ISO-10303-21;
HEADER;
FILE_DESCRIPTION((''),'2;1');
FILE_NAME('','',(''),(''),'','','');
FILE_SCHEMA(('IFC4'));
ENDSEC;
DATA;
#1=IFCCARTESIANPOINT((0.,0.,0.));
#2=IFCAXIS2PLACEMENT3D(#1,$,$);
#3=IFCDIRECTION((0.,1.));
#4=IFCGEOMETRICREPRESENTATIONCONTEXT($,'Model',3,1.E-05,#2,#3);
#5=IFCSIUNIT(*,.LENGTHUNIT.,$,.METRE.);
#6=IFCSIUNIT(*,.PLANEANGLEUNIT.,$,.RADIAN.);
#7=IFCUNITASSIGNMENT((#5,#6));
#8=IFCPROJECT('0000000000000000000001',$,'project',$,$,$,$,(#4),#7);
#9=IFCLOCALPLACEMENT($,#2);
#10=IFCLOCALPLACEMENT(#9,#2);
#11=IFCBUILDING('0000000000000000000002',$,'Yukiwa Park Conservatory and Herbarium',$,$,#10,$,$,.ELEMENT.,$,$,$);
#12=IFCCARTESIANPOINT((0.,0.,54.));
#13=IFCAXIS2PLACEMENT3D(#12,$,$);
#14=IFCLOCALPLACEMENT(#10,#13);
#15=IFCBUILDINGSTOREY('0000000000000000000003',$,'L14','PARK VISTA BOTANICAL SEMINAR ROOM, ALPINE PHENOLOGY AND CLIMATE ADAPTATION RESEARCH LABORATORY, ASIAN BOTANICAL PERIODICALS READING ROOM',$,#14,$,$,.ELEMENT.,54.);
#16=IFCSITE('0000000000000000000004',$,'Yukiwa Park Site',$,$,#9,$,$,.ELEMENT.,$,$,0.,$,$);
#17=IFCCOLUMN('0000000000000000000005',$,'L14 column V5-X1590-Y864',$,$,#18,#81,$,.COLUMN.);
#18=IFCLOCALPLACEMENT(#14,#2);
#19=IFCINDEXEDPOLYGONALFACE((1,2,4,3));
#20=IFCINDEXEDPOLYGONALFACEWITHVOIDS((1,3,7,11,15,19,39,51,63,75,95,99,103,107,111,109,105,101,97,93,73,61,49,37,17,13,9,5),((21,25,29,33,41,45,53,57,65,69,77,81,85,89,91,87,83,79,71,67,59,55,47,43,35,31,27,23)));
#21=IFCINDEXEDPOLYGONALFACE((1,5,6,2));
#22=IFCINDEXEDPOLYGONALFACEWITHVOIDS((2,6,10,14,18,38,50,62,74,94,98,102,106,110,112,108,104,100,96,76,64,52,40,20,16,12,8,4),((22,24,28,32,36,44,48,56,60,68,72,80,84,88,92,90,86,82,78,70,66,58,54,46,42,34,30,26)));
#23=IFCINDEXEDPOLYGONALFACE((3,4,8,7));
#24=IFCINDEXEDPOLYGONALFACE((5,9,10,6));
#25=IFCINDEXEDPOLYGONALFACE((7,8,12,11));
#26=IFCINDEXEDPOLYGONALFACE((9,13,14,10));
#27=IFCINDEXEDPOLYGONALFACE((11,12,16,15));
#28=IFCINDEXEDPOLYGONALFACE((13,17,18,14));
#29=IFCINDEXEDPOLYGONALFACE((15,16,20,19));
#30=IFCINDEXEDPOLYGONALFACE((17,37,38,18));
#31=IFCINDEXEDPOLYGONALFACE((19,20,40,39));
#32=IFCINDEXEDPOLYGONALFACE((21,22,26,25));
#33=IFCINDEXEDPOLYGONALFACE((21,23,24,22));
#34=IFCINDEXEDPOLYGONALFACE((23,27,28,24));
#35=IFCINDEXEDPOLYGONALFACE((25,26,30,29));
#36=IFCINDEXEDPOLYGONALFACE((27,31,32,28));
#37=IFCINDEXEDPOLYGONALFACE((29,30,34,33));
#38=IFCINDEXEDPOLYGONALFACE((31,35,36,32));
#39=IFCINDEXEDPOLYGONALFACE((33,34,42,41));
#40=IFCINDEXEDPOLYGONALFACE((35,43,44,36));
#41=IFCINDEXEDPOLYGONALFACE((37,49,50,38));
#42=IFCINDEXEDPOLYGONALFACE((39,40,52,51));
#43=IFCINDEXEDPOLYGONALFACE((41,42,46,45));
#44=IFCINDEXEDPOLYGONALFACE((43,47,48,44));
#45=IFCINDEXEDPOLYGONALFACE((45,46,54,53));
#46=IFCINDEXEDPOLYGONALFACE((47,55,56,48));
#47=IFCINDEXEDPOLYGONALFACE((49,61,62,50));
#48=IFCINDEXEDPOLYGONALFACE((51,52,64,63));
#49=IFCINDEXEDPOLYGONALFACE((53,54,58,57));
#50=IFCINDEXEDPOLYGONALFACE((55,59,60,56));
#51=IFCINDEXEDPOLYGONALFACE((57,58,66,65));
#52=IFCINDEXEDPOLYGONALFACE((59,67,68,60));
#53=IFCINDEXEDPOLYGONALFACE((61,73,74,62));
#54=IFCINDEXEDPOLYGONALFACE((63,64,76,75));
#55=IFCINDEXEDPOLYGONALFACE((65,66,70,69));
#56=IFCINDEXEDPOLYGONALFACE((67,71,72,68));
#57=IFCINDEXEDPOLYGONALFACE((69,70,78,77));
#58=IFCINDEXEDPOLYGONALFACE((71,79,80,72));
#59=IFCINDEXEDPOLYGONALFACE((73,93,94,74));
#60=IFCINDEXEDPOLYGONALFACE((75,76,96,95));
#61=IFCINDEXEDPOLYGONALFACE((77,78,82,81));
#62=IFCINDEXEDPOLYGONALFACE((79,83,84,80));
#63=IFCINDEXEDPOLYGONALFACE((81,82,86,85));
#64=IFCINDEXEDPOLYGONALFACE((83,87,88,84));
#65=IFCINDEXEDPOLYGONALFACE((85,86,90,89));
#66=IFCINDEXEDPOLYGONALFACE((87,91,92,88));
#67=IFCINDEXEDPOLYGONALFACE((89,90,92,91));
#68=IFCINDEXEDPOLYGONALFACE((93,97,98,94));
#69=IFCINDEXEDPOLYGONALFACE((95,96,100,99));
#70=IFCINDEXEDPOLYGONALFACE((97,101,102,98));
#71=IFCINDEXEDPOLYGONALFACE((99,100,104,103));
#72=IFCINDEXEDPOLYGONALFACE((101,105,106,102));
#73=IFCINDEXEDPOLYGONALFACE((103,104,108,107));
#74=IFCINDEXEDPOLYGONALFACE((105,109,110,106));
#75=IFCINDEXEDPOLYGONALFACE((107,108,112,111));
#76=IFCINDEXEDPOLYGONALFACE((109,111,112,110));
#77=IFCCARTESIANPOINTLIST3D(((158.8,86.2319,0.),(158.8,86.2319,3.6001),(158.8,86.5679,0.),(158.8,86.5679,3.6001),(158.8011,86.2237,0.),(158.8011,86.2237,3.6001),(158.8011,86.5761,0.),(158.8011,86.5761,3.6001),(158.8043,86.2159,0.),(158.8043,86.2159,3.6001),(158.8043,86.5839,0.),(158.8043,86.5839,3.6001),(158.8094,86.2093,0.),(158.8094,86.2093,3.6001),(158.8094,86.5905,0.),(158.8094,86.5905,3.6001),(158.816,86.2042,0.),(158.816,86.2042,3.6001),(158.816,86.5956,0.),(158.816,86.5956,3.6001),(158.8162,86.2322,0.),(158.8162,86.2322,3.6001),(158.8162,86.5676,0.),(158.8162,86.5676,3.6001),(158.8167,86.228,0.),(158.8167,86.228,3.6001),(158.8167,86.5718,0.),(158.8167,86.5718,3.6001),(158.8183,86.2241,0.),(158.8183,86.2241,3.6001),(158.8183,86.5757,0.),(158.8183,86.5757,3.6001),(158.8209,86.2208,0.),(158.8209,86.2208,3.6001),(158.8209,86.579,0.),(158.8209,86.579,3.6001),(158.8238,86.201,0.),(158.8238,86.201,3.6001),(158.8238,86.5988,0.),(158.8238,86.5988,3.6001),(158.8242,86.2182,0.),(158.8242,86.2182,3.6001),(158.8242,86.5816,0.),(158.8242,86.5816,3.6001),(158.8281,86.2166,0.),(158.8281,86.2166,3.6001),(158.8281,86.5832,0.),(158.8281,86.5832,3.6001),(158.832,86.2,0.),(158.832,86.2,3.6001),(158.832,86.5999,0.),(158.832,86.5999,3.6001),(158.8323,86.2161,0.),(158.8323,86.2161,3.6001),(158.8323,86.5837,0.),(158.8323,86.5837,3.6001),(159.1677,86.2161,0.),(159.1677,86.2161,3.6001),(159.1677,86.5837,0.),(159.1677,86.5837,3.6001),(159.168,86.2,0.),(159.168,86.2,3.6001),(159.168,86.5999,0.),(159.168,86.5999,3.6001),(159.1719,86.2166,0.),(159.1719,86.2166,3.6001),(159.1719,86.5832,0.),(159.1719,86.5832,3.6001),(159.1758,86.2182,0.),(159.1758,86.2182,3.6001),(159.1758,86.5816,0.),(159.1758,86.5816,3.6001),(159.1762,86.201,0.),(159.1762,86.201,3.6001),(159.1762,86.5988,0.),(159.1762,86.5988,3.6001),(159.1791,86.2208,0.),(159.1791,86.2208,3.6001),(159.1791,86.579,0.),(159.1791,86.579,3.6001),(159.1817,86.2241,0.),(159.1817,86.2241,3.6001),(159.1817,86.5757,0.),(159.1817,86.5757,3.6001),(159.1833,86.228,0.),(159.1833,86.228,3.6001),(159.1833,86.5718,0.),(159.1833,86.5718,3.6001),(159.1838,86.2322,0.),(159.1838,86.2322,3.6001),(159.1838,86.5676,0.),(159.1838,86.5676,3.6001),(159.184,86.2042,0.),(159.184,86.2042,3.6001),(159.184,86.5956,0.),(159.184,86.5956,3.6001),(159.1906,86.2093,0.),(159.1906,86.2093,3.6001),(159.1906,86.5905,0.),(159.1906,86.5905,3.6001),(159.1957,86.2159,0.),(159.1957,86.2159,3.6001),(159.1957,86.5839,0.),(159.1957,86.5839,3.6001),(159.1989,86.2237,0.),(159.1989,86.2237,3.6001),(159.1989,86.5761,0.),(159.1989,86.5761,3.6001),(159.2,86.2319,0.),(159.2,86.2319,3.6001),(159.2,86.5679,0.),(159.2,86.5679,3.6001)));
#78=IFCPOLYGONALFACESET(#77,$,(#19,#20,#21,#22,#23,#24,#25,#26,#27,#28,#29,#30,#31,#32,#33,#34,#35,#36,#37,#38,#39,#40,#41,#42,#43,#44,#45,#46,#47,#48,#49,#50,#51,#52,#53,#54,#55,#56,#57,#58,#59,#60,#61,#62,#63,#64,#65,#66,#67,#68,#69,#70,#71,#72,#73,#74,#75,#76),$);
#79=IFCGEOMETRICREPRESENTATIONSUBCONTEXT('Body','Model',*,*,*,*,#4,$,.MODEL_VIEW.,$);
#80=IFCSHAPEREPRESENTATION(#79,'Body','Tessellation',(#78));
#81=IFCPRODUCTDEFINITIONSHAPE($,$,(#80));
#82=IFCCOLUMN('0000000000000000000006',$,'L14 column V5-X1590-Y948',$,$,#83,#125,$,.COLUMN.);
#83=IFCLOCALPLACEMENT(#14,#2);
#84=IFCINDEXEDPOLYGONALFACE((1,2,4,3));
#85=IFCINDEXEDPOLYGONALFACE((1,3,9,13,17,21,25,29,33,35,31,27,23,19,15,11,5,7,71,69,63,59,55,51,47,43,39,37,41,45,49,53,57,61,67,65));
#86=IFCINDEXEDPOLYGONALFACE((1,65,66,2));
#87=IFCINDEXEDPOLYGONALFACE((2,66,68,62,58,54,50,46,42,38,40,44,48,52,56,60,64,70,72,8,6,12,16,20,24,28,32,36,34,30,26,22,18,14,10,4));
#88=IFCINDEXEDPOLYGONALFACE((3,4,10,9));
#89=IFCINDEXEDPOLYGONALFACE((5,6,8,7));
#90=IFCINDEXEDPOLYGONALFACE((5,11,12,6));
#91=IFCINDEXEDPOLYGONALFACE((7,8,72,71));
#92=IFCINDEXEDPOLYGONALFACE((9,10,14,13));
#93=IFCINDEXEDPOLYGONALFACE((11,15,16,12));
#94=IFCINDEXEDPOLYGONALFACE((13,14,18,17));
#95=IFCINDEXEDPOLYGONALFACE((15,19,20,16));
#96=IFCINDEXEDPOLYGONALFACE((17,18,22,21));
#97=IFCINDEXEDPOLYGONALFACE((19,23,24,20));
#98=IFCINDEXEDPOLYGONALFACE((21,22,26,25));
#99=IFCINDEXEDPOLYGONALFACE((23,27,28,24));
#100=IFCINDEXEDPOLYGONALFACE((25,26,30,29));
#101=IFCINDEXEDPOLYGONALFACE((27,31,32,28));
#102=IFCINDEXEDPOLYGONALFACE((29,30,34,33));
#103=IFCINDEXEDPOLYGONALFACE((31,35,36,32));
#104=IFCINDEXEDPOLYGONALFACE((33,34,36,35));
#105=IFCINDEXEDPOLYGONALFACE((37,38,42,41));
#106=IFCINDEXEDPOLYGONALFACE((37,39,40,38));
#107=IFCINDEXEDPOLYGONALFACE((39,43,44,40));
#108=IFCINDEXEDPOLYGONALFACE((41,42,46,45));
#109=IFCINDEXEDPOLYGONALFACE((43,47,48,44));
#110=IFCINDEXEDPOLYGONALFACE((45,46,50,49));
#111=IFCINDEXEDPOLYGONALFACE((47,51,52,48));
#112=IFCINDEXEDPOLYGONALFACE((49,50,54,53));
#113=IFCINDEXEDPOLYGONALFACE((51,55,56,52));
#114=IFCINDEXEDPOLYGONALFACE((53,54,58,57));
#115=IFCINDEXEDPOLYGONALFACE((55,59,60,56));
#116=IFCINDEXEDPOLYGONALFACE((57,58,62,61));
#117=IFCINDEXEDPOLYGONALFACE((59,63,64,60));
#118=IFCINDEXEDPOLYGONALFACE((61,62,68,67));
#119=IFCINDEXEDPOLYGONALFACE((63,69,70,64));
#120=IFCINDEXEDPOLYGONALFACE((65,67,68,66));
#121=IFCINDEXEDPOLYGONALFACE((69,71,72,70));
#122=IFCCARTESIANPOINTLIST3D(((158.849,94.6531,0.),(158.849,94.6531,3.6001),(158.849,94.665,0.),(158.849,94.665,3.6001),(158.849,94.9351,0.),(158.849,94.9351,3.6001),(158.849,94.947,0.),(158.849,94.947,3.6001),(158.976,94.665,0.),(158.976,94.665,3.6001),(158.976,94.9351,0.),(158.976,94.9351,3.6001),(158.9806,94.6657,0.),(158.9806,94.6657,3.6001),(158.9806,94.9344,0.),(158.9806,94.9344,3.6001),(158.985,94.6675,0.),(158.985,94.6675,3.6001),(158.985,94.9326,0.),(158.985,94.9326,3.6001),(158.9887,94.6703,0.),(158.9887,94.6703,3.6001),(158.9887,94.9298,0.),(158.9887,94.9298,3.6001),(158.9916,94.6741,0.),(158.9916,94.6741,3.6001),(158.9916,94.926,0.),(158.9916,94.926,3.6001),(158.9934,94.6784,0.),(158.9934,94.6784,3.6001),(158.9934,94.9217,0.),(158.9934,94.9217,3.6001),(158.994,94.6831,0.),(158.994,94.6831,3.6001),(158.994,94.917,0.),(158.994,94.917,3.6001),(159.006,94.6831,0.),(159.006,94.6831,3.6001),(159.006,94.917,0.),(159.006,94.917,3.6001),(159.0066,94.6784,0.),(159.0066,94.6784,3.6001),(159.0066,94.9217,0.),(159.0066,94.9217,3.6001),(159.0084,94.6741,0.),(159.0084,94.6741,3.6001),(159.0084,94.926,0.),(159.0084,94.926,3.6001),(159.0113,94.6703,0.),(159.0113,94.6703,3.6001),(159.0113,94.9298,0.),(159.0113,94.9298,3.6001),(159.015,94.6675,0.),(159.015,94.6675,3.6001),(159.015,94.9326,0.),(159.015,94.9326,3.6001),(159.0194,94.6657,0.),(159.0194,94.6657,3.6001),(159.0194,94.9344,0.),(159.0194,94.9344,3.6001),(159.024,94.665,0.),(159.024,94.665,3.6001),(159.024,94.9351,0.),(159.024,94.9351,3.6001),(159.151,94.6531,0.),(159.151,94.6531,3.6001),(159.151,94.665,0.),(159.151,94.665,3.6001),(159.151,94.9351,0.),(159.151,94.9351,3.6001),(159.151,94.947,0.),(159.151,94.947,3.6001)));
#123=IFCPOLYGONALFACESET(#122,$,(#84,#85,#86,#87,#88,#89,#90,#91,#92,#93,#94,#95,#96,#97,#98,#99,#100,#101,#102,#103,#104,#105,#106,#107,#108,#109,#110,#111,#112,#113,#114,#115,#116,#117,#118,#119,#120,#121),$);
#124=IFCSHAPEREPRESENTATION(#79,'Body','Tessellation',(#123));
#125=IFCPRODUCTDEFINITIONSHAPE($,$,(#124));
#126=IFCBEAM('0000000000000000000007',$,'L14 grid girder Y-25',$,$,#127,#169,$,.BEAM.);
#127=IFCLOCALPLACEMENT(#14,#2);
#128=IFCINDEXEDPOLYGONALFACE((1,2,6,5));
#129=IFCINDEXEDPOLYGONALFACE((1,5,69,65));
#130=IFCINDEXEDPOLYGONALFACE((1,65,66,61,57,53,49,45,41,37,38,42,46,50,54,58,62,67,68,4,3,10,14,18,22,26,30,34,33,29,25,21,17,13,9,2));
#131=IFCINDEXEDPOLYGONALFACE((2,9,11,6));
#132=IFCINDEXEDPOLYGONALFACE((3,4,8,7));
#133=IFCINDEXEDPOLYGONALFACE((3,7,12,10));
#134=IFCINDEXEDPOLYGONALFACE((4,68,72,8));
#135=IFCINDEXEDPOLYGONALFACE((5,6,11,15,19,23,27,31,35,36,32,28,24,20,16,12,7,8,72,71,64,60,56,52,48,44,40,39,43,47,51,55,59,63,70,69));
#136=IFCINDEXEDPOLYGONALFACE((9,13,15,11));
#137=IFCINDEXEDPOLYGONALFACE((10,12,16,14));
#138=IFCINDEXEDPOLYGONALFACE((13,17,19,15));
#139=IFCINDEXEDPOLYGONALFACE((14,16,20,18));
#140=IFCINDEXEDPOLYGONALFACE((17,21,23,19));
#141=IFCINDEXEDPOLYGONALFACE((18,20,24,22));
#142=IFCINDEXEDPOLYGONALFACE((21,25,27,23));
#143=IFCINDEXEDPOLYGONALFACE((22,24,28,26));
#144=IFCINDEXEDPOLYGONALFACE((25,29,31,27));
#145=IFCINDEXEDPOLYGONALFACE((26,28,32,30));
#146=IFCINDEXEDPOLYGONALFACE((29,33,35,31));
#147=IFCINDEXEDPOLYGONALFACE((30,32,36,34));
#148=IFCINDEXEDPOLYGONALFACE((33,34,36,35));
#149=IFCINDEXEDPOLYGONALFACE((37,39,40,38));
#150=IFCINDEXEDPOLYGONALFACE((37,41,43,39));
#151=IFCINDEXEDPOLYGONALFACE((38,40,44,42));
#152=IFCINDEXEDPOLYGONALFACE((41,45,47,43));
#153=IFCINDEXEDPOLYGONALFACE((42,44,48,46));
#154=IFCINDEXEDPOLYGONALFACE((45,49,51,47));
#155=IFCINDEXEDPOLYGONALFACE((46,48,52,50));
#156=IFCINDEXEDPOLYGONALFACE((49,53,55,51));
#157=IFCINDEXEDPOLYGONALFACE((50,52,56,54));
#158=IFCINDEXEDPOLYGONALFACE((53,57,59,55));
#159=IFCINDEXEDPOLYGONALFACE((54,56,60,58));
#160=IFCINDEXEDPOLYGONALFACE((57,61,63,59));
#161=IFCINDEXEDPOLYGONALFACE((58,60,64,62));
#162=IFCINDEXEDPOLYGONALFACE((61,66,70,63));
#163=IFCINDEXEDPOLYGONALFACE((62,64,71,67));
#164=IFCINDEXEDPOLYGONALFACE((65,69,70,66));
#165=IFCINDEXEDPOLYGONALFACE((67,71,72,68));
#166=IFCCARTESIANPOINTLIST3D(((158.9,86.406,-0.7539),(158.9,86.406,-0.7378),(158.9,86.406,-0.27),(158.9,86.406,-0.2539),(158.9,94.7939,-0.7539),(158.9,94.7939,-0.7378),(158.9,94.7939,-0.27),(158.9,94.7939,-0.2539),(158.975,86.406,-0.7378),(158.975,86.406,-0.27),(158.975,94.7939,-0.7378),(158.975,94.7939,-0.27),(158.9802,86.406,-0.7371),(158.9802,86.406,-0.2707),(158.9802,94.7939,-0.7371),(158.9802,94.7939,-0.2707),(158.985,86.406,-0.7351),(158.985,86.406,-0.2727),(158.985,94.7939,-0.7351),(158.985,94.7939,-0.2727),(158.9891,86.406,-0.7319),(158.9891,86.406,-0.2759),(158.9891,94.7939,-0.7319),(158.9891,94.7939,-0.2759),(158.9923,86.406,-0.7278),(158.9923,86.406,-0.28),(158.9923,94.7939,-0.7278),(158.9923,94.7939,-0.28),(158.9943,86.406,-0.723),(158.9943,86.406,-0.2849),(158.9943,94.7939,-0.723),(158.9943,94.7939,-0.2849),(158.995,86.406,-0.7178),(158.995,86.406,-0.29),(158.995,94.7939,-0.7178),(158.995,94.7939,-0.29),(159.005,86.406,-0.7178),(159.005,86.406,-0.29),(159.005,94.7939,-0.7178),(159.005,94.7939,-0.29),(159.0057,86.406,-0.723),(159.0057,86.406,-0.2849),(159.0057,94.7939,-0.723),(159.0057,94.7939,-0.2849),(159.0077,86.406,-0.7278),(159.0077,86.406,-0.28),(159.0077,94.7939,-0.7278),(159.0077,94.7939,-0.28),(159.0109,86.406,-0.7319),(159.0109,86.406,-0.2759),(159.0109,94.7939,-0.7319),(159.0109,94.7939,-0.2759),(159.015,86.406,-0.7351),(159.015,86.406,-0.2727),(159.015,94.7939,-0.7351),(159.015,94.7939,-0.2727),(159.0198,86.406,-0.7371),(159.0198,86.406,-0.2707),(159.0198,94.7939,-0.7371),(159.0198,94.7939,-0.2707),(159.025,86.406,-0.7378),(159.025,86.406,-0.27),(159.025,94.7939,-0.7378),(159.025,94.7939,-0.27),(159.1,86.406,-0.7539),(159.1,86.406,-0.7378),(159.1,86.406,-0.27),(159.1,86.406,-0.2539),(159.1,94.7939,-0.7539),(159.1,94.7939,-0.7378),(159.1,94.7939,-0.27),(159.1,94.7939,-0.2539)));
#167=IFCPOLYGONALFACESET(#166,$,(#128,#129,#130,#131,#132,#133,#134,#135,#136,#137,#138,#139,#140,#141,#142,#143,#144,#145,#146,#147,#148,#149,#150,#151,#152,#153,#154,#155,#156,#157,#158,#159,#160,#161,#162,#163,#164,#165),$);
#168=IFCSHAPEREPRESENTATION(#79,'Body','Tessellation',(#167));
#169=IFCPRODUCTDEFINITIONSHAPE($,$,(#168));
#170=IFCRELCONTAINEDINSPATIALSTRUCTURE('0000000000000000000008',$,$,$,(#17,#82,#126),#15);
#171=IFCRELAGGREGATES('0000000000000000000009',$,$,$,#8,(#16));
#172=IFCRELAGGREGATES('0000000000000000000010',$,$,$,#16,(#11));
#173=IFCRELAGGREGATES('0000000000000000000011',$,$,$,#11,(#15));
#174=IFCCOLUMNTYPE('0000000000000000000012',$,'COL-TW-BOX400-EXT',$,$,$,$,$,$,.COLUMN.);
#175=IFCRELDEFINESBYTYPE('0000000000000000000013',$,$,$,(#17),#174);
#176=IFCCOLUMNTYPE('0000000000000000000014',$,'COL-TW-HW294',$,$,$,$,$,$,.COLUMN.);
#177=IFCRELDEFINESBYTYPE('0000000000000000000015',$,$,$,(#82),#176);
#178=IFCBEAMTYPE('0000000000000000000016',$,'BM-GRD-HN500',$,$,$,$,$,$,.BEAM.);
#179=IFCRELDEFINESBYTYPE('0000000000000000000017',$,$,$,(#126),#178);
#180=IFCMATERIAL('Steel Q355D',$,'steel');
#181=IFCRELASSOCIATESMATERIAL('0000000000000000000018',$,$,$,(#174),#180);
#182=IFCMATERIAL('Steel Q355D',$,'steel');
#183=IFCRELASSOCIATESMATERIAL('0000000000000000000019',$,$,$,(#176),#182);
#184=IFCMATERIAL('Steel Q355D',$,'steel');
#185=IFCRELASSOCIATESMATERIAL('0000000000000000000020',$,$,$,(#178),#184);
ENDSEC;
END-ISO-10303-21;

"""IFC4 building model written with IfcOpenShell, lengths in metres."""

from ifc_helpers import new_model, si_unit, direction, frame, origin, origin_2d, place, context, subcontext, project, spatial, hollow_rectangle, i_section, extrude, material, material_profile, profile_set, type_object, element, save


model = new_model("IFC4")

# Units and contexts
model_context = context("Model", 3, precision=1e-05, world=origin(), true_north=direction((0.0, 1.0)))
body_context = subcontext(model_context, "Body", "Model", "MODEL_VIEW")
ifc_project = project(units=[si_unit("LENGTHUNIT", "METRE"), si_unit("PLANEANGLEUNIT", "RADIAN")], contexts=[model_context])

# Site, building, storey
site_placement = place(None, origin())
site = spatial("IfcSite", under=ifc_project, at=site_placement, Name="Yukiwa Park Site", CompositionType="ELEMENT", RefElevation=0.0)
building_placement = place(site_placement, origin())
building = spatial("IfcBuilding", under=site, at=building_placement, Name="Yukiwa Park Conservatory and Herbarium", CompositionType="ELEMENT")
storey_placement = place(building_placement, frame((0.0, 0.0, 54.0)))
storey = spatial("IfcBuildingStorey", under=building, at=storey_placement, Name="L14", Description="PARK VISTA BOTANICAL SEMINAR ROOM, ALPINE PHENOLOGY AND CLIMATE ADAPTATION RESEARCH LABORATORY, ASIAN BOTANICAL PERIODICALS READING ROOM", CompositionType="ELEMENT", Elevation=54.0)

# Columns
ifc_material_1 = material(Name="Steel Q355D", Category="steel")
ifc_material_profile_1 = material_profile(ifc_material_1, hollow_rectangle(XDim=0.3999, YDim=0.3999, WallThickness=0.0161, InnerFilletRadius=0.0161, OuterFilletRadius=0.032, at=origin_2d()), Name="BOX 400x400x16")
ifc_profile_set_1 = profile_set([ifc_material_profile_1], Name="Steel Q355D")
column_type_1 = type_object("IfcColumnType", Name="COL-TW-BOX400-EXT", PredefinedType="COLUMN", material=ifc_profile_set_1)
column_1_placement = place(storey_placement, frame((159.0, 86.3999, 0.0), z_axis=(0.0, 0.0, 1.0), x_axis=(1.0, 0.0, 0.0)))
element("IfcColumn", 1, at=column_1_placement, inside=storey, type_object=column_type_1, Name="L14 column V5-X1590-Y864", PredefinedType="COLUMN", context=body_context, shape_type="SweptSolid", body=[
    extrude(hollow_rectangle(XDim=0.3999, YDim=0.3999, WallThickness=0.0161, InnerFilletRadius=0.0161, OuterFilletRadius=0.032, at=origin_2d()), origin(), (0.0, 0.0, 1.0), 3.6001),
])
ifc_material_2 = material(Name="Steel Q355D", Category="steel")
ifc_material_profile_2 = material_profile(ifc_material_2, i_section(OverallWidth=0.302, OverallDepth=0.2939, WebThickness=0.012, FlangeThickness=0.012, FilletRadius=0.0181, at=origin_2d()), Name="HW 294x302x12x12")
ifc_profile_set_2 = profile_set([ifc_material_profile_2], Name="Steel Q355D")
column_type_2 = type_object("IfcColumnType", Name="COL-TW-HW294", PredefinedType="COLUMN", material=ifc_profile_set_2)
column_2_placement = place(storey_placement, frame((159.0, 94.8, 0.0), z_axis=(0.0, 0.0, 1.0), x_axis=(1.0, 0.0, 0.0)))
element("IfcColumn", 2, at=column_2_placement, inside=storey, type_object=column_type_2, Name="L14 column V5-X1590-Y948", PredefinedType="COLUMN", context=body_context, shape_type="SweptSolid", body=[
    extrude(i_section(OverallWidth=0.302, OverallDepth=0.2939, WebThickness=0.012, FlangeThickness=0.012, FilletRadius=0.0181, at=origin_2d()), origin(), (0.0, 0.0, 1.0), 3.6001),
])

# Beam
ifc_material_3 = material(Name="Steel Q355D", Category="steel")
ifc_material_profile_3 = material_profile(ifc_material_3, i_section(OverallWidth=0.2, OverallDepth=0.5, WebThickness=0.01, FlangeThickness=0.0161, FilletRadius=0.02, at=origin_2d()), Name="HN 500x200x10x16")
ifc_profile_set_3 = profile_set([ifc_material_profile_3], Name="Steel Q355D")
beam_type_1 = type_object("IfcBeamType", Name="BM-GRD-HN500", PredefinedType="BEAM", material=ifc_profile_set_3)
beam_1_placement = place(storey_placement, frame((159.0, 86.406, -0.5039), z_axis=(0.0, 1.0, 0.0), x_axis=(-1.0, 0.0, 0.0)))
element("IfcBeam", 3, at=beam_1_placement, inside=storey, type_object=beam_type_1, Name="L14 grid girder Y-25", PredefinedType="BEAM", context=body_context, shape_type="SweptSolid", body=[
    extrude(i_section(OverallWidth=0.2, OverallDepth=0.5, WebThickness=0.01, FlangeThickness=0.0161, FilletRadius=0.02, at=origin_2d()), origin(), (0.0, 0.0, 1.0), 8.3879),
])

save(model, "model.ifc")
